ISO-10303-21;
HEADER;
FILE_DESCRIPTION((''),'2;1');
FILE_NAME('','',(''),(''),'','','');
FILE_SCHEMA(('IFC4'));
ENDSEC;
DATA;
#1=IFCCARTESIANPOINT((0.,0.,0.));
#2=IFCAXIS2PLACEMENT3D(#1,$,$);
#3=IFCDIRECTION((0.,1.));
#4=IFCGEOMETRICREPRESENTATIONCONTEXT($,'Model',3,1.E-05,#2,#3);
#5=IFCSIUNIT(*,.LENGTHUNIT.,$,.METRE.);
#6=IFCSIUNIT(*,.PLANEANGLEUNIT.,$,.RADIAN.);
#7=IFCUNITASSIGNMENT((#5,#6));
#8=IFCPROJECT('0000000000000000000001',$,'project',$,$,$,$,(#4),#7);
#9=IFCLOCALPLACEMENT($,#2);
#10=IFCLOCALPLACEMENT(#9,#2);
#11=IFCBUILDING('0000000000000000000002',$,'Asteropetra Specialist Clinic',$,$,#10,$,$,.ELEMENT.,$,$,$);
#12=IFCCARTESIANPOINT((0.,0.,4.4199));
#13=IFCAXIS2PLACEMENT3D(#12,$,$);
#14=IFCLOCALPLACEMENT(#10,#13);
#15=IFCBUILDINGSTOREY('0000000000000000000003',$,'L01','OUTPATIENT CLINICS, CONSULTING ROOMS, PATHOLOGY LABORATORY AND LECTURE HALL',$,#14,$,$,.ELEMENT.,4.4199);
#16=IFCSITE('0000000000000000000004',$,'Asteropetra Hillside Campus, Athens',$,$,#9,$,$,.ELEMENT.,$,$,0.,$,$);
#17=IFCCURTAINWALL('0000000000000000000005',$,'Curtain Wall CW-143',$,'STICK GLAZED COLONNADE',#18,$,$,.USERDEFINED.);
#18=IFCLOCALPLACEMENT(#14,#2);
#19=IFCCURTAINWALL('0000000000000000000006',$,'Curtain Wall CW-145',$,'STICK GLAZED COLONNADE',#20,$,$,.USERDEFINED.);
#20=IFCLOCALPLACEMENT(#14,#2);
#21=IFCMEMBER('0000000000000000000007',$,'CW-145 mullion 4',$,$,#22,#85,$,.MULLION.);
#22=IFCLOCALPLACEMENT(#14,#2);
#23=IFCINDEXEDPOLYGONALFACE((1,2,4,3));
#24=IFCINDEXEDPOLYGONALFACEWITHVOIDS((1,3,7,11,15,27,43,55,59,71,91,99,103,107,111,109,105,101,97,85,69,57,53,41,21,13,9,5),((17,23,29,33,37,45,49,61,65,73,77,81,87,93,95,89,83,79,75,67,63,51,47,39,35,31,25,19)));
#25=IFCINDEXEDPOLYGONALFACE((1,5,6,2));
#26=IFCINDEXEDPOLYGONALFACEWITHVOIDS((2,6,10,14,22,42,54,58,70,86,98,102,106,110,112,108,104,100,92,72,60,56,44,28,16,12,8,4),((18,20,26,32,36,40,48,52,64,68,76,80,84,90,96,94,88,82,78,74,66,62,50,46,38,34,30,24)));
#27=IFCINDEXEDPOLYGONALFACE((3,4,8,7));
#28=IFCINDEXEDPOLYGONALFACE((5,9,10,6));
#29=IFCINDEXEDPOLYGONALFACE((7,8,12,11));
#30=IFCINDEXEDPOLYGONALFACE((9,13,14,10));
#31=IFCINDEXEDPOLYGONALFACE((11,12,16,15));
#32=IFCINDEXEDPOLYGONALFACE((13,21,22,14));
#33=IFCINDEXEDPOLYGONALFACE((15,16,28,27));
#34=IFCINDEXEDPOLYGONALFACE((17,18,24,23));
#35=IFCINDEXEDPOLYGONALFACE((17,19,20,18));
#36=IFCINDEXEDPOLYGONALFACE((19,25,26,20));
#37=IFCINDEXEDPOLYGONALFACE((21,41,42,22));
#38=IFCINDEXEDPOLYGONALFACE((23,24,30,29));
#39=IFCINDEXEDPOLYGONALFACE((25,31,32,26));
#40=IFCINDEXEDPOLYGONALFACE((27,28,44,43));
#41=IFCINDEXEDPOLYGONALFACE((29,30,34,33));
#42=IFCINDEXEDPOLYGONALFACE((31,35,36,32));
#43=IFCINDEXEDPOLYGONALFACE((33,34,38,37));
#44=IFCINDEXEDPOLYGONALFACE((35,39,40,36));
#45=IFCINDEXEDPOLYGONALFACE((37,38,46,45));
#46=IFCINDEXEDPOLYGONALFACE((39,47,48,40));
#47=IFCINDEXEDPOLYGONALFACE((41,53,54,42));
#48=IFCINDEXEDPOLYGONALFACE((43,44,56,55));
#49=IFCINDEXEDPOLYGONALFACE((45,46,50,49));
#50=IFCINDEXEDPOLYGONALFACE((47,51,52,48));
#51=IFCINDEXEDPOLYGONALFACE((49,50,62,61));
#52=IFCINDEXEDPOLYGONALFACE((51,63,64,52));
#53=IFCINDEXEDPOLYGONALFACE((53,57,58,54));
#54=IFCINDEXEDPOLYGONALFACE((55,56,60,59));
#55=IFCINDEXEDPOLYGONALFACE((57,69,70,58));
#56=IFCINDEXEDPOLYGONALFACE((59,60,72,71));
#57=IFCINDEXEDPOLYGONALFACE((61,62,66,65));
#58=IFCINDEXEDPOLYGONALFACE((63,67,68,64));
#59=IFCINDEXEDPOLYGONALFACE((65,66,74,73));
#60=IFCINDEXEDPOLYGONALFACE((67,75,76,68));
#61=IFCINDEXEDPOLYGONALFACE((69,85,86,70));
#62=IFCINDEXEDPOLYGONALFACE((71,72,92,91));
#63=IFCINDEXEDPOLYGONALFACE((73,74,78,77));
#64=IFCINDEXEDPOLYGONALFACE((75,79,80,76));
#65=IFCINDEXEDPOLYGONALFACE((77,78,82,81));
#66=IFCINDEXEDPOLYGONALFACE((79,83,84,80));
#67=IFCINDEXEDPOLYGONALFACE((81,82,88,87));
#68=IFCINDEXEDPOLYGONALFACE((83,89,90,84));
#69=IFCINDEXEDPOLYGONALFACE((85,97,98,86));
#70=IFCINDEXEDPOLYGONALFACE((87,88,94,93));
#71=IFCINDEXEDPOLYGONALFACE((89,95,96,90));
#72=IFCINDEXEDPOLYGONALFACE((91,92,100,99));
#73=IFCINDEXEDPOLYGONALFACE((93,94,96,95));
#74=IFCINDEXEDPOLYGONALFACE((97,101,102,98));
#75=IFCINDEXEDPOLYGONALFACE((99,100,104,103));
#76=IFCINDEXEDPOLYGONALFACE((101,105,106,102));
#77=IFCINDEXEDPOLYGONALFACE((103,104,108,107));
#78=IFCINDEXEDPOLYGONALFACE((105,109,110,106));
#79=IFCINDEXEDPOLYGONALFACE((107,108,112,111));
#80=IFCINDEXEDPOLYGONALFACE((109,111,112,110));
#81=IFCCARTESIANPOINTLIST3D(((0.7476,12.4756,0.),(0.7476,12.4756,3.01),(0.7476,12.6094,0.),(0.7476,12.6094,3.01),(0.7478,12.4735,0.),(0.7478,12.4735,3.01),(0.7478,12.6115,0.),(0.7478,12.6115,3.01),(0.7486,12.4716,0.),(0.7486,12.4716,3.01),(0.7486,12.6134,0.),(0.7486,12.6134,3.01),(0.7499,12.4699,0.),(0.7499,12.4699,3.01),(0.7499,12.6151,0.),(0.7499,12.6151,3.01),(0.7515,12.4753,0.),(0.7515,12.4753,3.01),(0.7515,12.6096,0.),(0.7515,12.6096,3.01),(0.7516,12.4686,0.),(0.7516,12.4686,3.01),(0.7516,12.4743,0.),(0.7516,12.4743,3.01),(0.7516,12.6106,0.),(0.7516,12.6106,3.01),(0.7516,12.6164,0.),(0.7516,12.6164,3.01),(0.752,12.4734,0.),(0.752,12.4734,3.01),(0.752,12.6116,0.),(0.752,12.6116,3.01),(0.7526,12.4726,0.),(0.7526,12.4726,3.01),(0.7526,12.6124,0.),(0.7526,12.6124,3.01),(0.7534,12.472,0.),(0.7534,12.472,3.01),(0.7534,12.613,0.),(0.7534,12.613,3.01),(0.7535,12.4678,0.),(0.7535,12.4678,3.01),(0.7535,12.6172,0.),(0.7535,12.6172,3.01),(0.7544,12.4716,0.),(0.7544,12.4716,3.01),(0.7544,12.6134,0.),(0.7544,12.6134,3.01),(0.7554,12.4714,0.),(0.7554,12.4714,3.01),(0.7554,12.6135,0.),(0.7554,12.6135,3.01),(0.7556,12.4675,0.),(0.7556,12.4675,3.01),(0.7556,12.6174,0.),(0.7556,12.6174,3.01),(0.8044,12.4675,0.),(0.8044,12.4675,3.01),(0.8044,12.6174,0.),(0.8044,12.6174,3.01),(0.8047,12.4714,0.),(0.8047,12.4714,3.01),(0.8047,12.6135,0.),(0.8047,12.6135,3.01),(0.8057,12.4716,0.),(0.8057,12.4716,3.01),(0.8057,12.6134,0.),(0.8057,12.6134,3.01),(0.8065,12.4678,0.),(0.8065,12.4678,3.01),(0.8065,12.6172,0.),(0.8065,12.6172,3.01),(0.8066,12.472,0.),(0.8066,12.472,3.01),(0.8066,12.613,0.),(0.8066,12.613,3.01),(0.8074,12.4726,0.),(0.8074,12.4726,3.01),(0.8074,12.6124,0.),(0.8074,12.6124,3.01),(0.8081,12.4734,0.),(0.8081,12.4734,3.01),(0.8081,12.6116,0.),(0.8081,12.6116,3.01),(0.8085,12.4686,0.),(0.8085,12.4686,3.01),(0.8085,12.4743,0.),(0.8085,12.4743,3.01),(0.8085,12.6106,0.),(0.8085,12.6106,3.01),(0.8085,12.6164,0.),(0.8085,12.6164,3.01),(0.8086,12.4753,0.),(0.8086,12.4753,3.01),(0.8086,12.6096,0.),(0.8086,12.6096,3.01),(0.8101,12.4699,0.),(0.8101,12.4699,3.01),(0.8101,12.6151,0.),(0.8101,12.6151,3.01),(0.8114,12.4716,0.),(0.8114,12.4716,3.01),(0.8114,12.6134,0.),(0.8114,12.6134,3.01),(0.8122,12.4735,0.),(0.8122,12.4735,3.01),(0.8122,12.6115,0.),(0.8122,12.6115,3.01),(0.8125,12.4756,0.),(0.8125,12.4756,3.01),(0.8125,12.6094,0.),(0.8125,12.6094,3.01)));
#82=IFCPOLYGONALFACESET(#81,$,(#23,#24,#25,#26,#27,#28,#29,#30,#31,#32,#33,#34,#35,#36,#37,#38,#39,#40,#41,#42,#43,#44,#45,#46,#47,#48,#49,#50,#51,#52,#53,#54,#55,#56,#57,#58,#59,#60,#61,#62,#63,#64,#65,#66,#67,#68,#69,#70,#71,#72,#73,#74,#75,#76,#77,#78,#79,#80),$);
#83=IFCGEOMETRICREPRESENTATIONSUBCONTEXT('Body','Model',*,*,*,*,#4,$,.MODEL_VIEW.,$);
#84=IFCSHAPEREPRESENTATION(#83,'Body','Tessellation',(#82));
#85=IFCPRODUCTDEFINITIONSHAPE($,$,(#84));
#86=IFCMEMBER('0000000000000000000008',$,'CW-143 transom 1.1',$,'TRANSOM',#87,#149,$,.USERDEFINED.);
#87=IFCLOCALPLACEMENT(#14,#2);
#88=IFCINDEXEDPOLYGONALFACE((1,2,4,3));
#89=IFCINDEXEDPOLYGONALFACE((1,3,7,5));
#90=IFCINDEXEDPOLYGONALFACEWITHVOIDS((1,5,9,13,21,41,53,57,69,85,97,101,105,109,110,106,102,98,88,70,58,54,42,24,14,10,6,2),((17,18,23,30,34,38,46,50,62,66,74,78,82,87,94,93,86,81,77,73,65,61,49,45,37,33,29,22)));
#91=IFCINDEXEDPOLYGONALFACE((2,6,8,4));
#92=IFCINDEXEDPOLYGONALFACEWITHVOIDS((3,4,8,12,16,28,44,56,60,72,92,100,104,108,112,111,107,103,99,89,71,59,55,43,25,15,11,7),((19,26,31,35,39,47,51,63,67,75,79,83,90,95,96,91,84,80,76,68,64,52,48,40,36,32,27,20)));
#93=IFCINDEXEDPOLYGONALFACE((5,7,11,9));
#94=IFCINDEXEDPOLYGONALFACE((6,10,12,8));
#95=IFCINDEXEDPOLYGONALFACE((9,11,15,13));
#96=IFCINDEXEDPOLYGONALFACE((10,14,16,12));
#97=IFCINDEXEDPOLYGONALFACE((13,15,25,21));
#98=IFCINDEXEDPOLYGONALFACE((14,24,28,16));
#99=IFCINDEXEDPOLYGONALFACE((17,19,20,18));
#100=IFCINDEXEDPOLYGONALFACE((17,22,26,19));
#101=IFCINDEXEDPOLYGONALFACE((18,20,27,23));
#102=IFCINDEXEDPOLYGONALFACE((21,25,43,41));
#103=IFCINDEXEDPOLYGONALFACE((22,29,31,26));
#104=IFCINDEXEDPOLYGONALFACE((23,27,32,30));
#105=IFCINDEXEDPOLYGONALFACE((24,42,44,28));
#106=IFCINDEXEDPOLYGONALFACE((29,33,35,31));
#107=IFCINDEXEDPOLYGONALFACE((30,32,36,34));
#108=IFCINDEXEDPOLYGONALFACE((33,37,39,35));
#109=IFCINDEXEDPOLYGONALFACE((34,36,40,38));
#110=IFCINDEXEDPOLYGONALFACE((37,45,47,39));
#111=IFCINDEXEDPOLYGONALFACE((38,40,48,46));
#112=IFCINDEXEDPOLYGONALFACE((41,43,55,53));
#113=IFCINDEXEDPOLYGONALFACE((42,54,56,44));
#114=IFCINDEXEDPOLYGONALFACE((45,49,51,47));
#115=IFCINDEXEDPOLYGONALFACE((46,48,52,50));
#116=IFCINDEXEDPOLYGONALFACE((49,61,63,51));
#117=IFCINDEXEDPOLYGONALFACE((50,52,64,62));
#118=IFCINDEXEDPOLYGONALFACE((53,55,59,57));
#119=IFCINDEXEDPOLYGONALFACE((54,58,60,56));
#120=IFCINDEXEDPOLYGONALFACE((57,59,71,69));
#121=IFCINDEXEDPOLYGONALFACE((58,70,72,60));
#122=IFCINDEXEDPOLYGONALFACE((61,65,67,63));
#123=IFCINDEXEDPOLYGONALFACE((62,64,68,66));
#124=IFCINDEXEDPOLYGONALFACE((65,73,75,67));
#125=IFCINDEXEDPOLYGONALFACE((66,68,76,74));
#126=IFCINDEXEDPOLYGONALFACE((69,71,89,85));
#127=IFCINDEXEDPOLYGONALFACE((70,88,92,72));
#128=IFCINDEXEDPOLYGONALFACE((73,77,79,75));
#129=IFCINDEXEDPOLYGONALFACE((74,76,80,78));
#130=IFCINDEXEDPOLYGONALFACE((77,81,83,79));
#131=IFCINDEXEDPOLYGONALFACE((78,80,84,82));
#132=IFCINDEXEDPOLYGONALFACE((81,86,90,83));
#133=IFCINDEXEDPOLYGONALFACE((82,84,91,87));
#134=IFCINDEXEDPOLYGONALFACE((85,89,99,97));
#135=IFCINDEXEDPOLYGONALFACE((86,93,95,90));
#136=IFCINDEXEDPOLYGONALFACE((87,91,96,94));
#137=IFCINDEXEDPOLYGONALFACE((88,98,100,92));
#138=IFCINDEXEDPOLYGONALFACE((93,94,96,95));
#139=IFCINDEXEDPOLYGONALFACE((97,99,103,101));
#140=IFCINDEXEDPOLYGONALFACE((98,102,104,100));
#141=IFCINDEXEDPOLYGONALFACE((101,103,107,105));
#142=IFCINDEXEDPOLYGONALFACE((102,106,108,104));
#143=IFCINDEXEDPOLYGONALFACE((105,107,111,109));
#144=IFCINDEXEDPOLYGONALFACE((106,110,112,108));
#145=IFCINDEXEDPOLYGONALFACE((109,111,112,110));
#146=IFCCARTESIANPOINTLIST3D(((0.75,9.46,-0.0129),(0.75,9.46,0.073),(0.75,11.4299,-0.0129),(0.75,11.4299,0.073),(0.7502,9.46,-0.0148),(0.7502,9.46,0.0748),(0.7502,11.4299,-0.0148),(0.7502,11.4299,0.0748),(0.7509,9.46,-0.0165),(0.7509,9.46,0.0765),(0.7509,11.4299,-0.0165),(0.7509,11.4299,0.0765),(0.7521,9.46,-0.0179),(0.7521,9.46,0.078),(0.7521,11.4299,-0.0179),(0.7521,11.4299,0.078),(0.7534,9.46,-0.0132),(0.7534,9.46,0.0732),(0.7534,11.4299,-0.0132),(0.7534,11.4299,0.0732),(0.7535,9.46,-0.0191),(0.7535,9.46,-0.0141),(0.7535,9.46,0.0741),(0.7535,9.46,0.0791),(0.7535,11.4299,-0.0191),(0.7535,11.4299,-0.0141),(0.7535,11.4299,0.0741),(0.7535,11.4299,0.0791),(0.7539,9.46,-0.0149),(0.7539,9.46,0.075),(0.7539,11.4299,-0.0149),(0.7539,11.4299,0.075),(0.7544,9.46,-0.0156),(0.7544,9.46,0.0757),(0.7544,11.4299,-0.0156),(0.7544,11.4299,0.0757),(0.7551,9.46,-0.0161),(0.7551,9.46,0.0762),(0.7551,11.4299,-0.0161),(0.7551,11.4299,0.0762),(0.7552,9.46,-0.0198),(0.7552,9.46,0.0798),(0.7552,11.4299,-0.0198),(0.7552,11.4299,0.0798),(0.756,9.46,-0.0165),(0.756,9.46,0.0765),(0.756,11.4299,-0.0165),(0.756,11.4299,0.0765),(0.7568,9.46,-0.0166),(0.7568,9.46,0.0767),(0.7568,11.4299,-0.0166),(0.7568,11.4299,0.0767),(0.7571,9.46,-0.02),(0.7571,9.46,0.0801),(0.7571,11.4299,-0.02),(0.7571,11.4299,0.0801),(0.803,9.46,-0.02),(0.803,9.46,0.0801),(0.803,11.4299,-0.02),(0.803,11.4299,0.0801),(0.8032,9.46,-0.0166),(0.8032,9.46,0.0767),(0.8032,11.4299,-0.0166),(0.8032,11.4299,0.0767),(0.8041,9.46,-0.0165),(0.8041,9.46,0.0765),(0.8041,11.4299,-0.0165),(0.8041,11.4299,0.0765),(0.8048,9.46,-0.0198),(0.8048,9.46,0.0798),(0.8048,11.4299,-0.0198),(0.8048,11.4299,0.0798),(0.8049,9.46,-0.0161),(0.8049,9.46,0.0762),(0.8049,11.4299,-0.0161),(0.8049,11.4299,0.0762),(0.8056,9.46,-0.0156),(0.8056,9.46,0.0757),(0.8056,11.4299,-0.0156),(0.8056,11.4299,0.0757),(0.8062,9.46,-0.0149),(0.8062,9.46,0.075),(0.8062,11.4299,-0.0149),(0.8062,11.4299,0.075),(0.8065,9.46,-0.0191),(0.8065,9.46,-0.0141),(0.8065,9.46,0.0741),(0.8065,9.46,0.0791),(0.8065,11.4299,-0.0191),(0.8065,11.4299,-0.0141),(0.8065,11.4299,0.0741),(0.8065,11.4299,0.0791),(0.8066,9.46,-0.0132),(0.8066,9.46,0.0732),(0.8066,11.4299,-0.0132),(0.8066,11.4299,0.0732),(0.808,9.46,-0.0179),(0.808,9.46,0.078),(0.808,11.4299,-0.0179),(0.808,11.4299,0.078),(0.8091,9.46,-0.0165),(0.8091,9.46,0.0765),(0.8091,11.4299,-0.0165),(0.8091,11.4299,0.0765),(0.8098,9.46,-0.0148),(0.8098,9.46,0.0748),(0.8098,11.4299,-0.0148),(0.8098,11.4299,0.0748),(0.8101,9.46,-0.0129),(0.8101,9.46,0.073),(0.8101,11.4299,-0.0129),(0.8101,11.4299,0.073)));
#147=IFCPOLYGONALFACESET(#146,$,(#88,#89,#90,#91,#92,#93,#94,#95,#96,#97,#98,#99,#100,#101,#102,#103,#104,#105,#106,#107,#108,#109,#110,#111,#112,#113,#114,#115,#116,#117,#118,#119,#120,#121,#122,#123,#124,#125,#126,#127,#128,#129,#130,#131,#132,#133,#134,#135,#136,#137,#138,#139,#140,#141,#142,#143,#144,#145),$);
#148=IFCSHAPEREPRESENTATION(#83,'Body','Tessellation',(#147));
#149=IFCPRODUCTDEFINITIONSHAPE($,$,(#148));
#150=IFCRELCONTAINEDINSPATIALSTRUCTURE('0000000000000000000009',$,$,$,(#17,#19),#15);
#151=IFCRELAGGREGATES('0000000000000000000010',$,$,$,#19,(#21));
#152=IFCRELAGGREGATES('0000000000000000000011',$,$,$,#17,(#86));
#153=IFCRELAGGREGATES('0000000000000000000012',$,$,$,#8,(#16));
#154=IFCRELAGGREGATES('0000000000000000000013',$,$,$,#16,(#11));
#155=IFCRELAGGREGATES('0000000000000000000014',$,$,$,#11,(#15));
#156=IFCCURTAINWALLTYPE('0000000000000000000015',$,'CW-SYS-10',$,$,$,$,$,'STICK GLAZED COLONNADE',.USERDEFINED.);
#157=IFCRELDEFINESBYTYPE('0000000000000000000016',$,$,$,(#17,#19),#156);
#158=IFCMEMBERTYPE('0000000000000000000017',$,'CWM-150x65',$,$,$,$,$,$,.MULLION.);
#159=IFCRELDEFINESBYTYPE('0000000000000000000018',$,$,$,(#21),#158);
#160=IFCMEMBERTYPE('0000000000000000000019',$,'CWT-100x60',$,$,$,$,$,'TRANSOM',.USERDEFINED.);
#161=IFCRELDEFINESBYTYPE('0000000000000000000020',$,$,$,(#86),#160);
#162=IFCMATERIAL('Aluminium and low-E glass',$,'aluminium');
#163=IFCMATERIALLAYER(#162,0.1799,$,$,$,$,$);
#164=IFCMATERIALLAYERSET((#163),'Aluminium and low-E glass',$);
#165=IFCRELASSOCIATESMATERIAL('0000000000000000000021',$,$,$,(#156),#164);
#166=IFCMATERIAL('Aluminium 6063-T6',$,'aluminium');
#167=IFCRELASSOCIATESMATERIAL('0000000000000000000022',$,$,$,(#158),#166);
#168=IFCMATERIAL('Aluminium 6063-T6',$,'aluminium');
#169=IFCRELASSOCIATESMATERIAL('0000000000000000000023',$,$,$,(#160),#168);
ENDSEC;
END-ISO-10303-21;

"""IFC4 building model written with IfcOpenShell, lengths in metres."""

from ifc_helpers import new_model, si_unit, direction, frame, origin, origin_2d, place, context, subcontext, project, spatial, hollow_rectangle, extrude, material, layer, layer_set, material_profile, profile_set, type_object, element, aggregate, save


model = new_model("IFC4")

# Units and contexts
model_context = context("Model", 3, precision=1e-05, world=origin(), true_north=direction((0.0, 1.0)))
body_context = subcontext(model_context, "Body", "Model", "MODEL_VIEW")
ifc_project = project(units=[si_unit("LENGTHUNIT", "METRE"), si_unit("PLANEANGLEUNIT", "RADIAN")], contexts=[model_context])

# Site, building, storey
site_placement = place(None, origin())
site = spatial("IfcSite", under=ifc_project, at=site_placement, Name="Asteropetra Hillside Campus, Athens", CompositionType="ELEMENT", RefElevation=0.0)
building_placement = place(site_placement, origin())
building = spatial("IfcBuilding", under=site, at=building_placement, Name="Asteropetra Specialist Clinic", CompositionType="ELEMENT")
storey_placement = place(building_placement, frame((0.0, 0.0, 4.4199)))
storey = spatial("IfcBuildingStorey", under=building, at=storey_placement, Name="L01", Description="OUTPATIENT CLINICS, CONSULTING ROOMS, PATHOLOGY LABORATORY AND LECTURE HALL", CompositionType="ELEMENT", Elevation=4.4199)

# Curtain walls, member
ifc_material_1 = material(Name="Aluminium and low-E glass", Category="aluminium")
ifc_layer_1 = layer(ifc_material_1, 0.1799)
ifc_layer_set_1 = layer_set([ifc_layer_1], Name="Aluminium and low-E glass")
curtain_wall_type = type_object("IfcCurtainWallType", Name="CW-SYS-10", ElementType="STICK GLAZED COLONNADE", PredefinedType="USERDEFINED", material=ifc_layer_set_1)
curtain_wall_1_placement = place(storey_placement, origin())
curtain_wall_1 = element("IfcCurtainWall", 1, at=curtain_wall_1_placement, inside=storey, type_object=curtain_wall_type, Name="Curtain Wall CW-143", ObjectType="STICK GLAZED COLONNADE", PredefinedType="USERDEFINED")
curtain_wall_2_placement = place(storey_placement, origin())
curtain_wall_2 = element("IfcCurtainWall", 2, at=curtain_wall_2_placement, inside=storey, type_object=curtain_wall_type, Name="Curtain Wall CW-145", ObjectType="STICK GLAZED COLONNADE", PredefinedType="USERDEFINED")
ifc_material_2 = material(Name="Aluminium 6063-T6", Category="aluminium")
ifc_material_profile_1 = material_profile(ifc_material_2, hollow_rectangle(XDim=0.0649, YDim=0.1499, WallThickness=0.0039, InnerFilletRadius=0.0039, OuterFilletRadius=0.0081, at=origin_2d()), Name="MUL 150x65x4.0")
ifc_profile_set_1 = profile_set([ifc_material_profile_1], Name="Aluminium 6063-T6")
member_type_1 = type_object("IfcMemberType", Name="CWM-150x65", PredefinedType="MULLION", material=ifc_profile_set_1)
member_1_placement = place(storey_placement, frame((0.78, 12.5425, 0.0), z_axis=(0.0, 0.0, 1.0), x_axis=(1.0, 0.0, 0.0)))
member_1 = element("IfcMember", 3, at=member_1_placement, type_object=member_type_1, Name="CW-145 mullion 4", PredefinedType="MULLION", context=body_context, shape_type="SweptSolid", body=[
    extrude(hollow_rectangle(XDim=0.0649, YDim=0.1499, WallThickness=0.0039, InnerFilletRadius=0.0039, OuterFilletRadius=0.0081, at=origin_2d()), origin(), (0.0, 0.0, 1.0), 3.01),
])

# Member
ifc_material_3 = material(Name="Aluminium 6063-T6", Category="aluminium")
ifc_material_profile_2 = material_profile(ifc_material_3, hollow_rectangle(XDim=0.0601, YDim=0.1001, WallThickness=0.0034, InnerFilletRadius=0.0034, OuterFilletRadius=0.0071, at=origin_2d()), Name="TRN 100x60x3.5")
ifc_profile_set_2 = profile_set([ifc_material_profile_2], Name="Aluminium 6063-T6")
member_type_2 = type_object("IfcMemberType", Name="CWT-100x60", ElementType="TRANSOM", PredefinedType="USERDEFINED", material=ifc_profile_set_2)
member_2_placement = place(storey_placement, frame((0.78, 11.4299, 0.03), z_axis=(0.0, -1.0, 0.0), x_axis=(1.0, 0.0, 0.0)))
member_2 = element("IfcMember", 4, at=member_2_placement, type_object=member_type_2, Name="CW-143 transom 1.1", ObjectType="TRANSOM", PredefinedType="USERDEFINED", context=body_context, shape_type="SweptSolid", body=[
    extrude(hollow_rectangle(XDim=0.0601, YDim=0.1001, WallThickness=0.0034, InnerFilletRadius=0.0034, OuterFilletRadius=0.0071, at=origin_2d()), origin(), (0.0, 0.0, 1.0), 1.97),
])

aggregate(curtain_wall_2, [member_1])
aggregate(curtain_wall_1, [member_2])

save(model, "model.ifc")
